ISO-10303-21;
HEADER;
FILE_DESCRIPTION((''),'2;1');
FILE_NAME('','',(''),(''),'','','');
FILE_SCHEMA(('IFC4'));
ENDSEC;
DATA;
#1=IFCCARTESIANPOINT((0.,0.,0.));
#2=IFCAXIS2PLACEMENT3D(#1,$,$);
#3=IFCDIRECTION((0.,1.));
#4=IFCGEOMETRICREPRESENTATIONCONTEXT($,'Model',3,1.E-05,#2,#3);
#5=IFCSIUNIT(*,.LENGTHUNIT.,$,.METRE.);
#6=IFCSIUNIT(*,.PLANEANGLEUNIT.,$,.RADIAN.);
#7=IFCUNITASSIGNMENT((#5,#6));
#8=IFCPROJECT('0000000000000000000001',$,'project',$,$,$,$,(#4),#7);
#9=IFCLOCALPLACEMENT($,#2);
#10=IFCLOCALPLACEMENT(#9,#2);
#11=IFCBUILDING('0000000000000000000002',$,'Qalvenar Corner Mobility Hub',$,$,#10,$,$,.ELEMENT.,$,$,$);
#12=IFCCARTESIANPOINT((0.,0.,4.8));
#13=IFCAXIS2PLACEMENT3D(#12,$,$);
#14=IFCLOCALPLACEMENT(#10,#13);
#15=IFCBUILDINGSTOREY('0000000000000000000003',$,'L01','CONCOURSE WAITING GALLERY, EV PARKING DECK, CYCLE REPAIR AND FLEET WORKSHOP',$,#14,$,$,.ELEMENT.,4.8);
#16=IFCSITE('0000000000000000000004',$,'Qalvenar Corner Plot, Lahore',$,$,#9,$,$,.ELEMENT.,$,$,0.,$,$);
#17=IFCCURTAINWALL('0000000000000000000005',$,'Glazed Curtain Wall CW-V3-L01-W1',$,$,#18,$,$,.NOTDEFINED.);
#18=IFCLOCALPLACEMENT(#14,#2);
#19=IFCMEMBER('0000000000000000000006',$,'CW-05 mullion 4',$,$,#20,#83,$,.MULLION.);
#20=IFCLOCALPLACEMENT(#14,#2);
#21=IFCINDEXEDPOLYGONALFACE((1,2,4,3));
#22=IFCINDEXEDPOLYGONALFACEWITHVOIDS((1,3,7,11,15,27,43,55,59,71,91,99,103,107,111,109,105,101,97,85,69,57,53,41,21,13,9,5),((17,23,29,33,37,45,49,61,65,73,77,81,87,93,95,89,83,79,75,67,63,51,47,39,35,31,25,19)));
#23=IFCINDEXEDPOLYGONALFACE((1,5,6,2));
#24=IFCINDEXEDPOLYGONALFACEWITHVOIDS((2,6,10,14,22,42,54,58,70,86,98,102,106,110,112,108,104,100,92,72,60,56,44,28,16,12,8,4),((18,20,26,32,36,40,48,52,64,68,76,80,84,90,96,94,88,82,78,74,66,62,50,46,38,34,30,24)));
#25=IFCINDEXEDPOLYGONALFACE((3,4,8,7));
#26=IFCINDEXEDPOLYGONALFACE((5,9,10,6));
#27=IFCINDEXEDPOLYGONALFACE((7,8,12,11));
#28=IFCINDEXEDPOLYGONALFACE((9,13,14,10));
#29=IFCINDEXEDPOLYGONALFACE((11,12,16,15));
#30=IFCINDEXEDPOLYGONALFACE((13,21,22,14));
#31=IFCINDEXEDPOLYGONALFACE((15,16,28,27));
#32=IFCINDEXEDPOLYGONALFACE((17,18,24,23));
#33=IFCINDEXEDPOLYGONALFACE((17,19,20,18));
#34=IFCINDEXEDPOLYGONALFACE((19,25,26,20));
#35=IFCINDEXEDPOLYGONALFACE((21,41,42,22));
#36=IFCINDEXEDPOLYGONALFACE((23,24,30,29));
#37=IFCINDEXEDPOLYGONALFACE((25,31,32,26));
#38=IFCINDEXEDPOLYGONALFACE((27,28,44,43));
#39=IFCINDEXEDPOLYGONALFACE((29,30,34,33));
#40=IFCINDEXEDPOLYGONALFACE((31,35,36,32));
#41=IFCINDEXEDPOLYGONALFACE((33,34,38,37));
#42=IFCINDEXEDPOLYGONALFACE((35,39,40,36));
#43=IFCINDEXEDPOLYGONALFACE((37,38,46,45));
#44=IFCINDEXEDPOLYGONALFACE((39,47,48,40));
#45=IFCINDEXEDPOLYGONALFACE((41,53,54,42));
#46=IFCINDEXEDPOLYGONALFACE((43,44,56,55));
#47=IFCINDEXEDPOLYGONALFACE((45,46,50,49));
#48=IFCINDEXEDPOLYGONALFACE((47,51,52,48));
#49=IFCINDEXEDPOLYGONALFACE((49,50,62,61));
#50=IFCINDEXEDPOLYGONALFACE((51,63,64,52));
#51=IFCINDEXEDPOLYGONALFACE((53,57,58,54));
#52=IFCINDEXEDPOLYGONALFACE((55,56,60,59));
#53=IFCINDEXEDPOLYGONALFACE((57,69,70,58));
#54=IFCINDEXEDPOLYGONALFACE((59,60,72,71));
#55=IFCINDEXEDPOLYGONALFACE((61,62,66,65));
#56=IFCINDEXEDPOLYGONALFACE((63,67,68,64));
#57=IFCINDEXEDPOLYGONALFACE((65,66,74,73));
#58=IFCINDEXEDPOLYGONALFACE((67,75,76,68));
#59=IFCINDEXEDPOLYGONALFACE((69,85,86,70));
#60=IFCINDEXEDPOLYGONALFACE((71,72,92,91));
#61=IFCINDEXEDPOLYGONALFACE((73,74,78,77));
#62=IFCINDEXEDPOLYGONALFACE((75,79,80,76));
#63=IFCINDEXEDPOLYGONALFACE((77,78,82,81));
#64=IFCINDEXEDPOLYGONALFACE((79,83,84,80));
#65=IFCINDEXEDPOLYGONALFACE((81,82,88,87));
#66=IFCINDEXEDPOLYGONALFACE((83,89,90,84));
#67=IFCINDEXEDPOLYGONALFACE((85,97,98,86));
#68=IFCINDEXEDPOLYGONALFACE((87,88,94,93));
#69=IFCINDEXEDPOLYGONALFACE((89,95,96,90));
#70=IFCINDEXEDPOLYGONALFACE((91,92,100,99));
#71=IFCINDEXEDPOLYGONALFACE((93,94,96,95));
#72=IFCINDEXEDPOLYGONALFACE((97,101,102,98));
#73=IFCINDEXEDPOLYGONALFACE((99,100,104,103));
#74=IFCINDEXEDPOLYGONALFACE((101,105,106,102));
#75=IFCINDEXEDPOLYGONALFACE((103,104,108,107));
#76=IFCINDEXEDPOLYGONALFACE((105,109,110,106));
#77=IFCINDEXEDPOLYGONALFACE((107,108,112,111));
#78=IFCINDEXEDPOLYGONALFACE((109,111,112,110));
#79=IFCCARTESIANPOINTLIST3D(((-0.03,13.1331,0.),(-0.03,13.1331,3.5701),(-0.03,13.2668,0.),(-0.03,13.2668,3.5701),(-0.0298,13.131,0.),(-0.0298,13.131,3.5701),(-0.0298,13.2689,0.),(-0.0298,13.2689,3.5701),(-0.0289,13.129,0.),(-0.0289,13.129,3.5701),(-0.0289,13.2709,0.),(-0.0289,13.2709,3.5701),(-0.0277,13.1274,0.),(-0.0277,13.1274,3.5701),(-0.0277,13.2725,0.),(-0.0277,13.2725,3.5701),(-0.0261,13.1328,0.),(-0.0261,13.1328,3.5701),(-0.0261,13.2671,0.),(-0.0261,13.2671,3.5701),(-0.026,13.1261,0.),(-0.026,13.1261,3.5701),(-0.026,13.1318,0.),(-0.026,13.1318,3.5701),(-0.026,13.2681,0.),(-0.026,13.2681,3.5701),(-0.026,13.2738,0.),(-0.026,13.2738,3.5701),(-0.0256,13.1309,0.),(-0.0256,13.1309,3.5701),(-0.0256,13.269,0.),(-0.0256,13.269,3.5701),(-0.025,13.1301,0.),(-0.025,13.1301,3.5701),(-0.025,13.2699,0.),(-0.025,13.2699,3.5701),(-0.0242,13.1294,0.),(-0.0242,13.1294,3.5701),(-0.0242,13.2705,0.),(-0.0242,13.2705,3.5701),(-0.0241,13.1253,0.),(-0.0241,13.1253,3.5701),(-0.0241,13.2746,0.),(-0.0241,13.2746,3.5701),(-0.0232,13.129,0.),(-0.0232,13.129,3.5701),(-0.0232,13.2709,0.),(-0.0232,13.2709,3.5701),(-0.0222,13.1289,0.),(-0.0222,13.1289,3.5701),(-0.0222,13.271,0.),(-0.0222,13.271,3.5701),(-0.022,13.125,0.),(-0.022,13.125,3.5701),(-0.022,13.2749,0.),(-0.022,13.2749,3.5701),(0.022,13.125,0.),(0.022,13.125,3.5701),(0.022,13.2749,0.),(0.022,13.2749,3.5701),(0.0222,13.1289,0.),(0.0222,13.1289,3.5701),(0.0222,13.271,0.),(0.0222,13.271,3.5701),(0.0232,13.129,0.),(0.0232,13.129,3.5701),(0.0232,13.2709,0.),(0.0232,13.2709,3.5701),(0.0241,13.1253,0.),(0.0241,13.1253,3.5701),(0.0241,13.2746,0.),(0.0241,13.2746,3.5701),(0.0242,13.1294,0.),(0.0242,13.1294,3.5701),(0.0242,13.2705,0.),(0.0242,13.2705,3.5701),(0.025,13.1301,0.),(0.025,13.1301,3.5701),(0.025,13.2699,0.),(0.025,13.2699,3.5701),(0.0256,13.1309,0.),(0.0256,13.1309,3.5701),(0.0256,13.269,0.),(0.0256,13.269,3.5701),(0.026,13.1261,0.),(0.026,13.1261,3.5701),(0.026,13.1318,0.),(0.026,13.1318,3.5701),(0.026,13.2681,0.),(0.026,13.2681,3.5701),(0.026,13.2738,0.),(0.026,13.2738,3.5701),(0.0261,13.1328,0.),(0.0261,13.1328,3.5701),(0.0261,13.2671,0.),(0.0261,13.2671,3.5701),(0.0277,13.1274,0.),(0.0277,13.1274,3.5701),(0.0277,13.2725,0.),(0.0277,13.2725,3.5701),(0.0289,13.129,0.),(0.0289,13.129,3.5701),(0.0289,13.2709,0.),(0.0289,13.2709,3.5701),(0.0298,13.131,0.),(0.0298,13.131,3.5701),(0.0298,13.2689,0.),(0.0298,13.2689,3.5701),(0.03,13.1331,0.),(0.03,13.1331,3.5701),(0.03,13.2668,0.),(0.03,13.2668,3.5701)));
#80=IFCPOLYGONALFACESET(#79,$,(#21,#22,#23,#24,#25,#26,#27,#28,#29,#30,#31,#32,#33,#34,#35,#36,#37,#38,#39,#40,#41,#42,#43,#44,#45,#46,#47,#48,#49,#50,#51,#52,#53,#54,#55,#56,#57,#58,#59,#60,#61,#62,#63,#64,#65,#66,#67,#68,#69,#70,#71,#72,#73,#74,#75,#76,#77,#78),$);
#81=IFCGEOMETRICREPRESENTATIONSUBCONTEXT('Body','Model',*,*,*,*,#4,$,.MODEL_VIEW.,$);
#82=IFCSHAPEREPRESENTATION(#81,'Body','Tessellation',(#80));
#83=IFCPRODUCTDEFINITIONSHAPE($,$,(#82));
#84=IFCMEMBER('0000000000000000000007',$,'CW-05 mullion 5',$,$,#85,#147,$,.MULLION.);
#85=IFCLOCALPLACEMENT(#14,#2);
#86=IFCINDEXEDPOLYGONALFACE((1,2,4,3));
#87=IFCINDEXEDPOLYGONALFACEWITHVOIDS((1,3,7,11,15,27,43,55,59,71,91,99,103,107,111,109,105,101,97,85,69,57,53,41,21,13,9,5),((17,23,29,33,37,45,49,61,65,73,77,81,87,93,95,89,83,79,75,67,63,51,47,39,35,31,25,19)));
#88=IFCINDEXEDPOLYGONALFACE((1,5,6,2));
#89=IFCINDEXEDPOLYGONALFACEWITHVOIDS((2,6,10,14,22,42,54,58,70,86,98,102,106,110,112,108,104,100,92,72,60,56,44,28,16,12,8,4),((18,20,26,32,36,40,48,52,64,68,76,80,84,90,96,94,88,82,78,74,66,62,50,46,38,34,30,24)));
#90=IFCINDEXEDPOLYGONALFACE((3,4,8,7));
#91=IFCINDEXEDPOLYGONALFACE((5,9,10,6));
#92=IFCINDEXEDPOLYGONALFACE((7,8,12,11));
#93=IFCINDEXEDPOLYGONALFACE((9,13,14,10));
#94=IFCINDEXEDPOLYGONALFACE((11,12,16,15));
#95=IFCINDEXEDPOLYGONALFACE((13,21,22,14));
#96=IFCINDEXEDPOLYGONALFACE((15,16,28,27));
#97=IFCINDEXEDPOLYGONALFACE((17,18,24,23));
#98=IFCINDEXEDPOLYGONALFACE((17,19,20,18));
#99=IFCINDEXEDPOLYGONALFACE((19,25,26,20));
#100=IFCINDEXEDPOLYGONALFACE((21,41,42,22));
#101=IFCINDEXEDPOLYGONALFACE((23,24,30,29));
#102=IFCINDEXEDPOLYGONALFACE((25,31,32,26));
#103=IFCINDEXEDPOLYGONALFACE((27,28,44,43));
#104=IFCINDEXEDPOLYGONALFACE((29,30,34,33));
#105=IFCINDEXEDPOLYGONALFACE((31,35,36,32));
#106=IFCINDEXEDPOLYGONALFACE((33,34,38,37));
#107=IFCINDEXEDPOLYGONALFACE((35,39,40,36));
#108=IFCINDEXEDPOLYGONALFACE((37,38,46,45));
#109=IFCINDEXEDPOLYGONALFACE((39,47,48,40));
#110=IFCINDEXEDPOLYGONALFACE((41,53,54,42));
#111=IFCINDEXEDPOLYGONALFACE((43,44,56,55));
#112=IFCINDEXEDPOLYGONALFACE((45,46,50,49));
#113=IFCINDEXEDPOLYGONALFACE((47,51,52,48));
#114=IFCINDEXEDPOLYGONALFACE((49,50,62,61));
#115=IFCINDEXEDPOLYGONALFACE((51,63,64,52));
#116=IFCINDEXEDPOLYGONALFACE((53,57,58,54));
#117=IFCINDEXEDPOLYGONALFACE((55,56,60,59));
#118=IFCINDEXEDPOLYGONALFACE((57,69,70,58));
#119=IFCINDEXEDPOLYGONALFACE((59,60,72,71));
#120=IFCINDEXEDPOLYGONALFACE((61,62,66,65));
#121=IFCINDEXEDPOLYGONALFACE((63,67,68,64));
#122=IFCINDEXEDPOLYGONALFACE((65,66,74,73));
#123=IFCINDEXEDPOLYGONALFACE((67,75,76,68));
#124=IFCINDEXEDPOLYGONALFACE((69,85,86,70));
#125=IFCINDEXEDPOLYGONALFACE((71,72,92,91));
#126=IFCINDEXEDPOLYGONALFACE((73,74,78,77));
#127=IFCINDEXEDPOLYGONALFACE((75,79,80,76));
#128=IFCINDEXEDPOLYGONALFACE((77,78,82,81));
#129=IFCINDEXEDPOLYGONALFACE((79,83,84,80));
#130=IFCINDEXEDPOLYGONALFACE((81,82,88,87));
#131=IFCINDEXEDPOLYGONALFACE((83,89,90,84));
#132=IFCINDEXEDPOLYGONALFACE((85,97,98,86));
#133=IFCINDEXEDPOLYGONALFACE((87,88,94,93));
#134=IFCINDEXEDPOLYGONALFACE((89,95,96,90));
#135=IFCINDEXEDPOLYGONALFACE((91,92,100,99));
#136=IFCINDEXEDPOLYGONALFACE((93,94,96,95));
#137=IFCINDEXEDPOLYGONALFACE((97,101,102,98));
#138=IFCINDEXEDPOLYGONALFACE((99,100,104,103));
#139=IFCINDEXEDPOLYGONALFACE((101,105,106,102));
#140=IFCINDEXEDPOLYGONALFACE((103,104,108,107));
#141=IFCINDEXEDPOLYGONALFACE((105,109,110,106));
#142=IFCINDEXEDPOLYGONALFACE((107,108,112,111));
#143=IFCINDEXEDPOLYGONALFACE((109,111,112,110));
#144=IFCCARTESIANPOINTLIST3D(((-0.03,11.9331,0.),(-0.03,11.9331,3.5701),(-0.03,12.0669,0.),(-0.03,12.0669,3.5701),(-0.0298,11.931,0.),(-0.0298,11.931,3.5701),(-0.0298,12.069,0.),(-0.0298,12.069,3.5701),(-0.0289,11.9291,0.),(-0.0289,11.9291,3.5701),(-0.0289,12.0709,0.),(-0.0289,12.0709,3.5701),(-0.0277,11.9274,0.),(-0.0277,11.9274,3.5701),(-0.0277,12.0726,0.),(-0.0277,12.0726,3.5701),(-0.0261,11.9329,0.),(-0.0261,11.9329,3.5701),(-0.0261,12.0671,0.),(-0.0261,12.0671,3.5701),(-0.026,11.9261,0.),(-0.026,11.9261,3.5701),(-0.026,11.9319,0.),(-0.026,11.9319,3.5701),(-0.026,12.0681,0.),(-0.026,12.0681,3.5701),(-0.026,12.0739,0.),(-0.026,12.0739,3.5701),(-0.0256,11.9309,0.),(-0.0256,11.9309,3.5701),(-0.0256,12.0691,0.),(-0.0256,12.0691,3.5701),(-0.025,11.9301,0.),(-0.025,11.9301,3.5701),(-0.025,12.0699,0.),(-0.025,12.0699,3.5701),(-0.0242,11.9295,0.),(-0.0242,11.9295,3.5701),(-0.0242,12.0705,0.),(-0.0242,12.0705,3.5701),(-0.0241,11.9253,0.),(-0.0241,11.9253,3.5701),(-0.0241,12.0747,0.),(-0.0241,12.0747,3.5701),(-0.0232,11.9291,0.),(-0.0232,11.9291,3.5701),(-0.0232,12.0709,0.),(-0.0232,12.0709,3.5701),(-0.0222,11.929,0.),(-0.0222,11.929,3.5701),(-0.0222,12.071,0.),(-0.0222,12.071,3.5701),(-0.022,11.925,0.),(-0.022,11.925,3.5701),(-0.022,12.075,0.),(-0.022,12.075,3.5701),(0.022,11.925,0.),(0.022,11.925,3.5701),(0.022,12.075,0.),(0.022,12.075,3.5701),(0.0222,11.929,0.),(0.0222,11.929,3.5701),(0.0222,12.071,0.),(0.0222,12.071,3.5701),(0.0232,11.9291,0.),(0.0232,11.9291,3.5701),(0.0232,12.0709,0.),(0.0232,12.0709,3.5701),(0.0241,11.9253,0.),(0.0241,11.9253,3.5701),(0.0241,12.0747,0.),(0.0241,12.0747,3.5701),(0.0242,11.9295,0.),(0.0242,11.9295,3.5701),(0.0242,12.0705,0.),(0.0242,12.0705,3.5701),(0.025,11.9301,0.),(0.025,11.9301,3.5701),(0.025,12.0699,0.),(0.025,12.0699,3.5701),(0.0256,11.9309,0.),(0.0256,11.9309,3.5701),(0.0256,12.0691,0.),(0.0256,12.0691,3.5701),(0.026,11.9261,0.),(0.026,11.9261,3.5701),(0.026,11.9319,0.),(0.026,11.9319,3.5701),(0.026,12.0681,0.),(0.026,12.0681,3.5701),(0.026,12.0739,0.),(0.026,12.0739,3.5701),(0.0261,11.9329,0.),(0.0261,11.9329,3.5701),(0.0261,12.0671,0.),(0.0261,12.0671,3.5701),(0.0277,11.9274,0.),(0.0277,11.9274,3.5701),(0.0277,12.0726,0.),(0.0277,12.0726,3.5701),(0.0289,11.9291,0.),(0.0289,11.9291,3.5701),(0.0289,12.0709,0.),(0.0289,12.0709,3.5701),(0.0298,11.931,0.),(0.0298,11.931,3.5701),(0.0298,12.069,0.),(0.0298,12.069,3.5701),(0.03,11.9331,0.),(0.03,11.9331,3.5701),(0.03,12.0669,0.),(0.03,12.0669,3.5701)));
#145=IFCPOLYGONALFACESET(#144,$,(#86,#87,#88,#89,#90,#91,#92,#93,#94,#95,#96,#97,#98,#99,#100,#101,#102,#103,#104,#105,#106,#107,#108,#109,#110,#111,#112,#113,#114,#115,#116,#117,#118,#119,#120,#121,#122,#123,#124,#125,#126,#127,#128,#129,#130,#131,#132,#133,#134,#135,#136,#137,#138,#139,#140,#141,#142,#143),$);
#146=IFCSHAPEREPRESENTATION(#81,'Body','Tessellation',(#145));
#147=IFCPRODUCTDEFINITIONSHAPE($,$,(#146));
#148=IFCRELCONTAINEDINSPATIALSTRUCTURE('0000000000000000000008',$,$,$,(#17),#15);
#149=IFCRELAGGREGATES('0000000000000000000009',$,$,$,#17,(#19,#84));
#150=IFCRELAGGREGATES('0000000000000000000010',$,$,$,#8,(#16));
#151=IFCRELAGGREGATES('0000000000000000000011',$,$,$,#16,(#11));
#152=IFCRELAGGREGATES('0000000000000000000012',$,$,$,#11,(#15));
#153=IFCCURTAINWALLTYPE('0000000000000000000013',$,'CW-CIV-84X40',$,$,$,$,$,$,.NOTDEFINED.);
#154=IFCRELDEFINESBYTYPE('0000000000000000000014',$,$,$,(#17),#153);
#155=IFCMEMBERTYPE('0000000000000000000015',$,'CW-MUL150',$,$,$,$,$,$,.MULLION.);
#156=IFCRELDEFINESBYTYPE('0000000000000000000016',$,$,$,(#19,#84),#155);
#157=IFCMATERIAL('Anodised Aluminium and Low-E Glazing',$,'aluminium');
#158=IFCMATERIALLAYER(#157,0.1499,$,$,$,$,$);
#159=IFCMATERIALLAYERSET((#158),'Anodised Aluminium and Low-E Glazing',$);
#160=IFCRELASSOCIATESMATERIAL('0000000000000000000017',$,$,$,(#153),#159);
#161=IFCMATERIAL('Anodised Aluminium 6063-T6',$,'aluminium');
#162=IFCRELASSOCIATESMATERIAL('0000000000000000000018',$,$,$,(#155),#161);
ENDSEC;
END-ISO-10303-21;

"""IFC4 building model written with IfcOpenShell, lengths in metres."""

from ifc_helpers import new_model, si_unit, direction, frame, origin, origin_2d, place, context, subcontext, project, spatial, hollow_rectangle, extrude, material, layer, layer_set, material_profile, profile_set, type_object, element, aggregate, save


model = new_model("IFC4")

# Units and contexts
model_context = context("Model", 3, precision=1e-05, world=origin(), true_north=direction((0.0, 1.0)))
body_context = subcontext(model_context, "Body", "Model", "MODEL_VIEW")
ifc_project = project(units=[si_unit("LENGTHUNIT", "METRE"), si_unit("PLANEANGLEUNIT", "RADIAN")], contexts=[model_context])

# Site, building, storey
site_placement = place(None, origin())
site = spatial("IfcSite", under=ifc_project, at=site_placement, Name="Qalvenar Corner Plot, Lahore", CompositionType="ELEMENT", RefElevation=0.0)
building_placement = place(site_placement, origin())
building = spatial("IfcBuilding", under=site, at=building_placement, Name="Qalvenar Corner Mobility Hub", CompositionType="ELEMENT")
storey_placement = place(building_placement, frame((0.0, 0.0, 4.8)))
storey = spatial("IfcBuildingStorey", under=building, at=storey_placement, Name="L01", Description="CONCOURSE WAITING GALLERY, EV PARKING DECK, CYCLE REPAIR AND FLEET WORKSHOP", CompositionType="ELEMENT", Elevation=4.8)

# Curtain wall, members
ifc_material_1 = material(Name="Anodised Aluminium and Low-E Glazing", Category="aluminium")
ifc_layer_1 = layer(ifc_material_1, 0.1499)
ifc_layer_set_1 = layer_set([ifc_layer_1], Name="Anodised Aluminium and Low-E Glazing")
curtain_wall_type = type_object("IfcCurtainWallType", Name="CW-CIV-84X40", PredefinedType="NOTDEFINED", material=ifc_layer_set_1)
curtain_wall_placement = place(storey_placement, origin())
curtain_wall = element("IfcCurtainWall", 1, at=curtain_wall_placement, inside=storey, type_object=curtain_wall_type, Name="Glazed Curtain Wall CW-V3-L01-W1", PredefinedType="NOTDEFINED")
ifc_material_2 = material(Name="Anodised Aluminium 6063-T6", Category="aluminium")
ifc_material_profile_1 = material_profile(ifc_material_2, hollow_rectangle(XDim=0.0601, YDim=0.1499, WallThickness=0.0039, InnerFilletRadius=0.0039, OuterFilletRadius=0.0081, at=origin_2d()), Name="RHS150x60x4")
ifc_profile_set_1 = profile_set([ifc_material_profile_1], Name="Anodised Aluminium 6063-T6")
member_type_1 = type_object("IfcMemberType", Name="CW-MUL150", PredefinedType="MULLION", material=ifc_profile_set_1)
member_1_placement = place(storey_placement, frame((0.0, 13.2, 0.0), z_axis=(0.0, 0.0, 1.0), x_axis=(1.0, 0.0, 0.0)))
member_1 = element("IfcMember", 2, at=member_1_placement, type_object=member_type_1, Name="CW-05 mullion 4", PredefinedType="MULLION", context=body_context, shape_type="SweptSolid", body=[
    extrude(hollow_rectangle(XDim=0.0601, YDim=0.1499, WallThickness=0.0039, InnerFilletRadius=0.0039, OuterFilletRadius=0.0081, at=origin_2d()), origin(), (0.0, 0.0, 1.0), 3.5701),
])
member_2_placement = place(storey_placement, frame((0.0, 12.0, 0.0), z_axis=(0.0, 0.0, 1.0), x_axis=(1.0, 0.0, 0.0)))
member_2 = element("IfcMember", 3, at=member_2_placement, type_object=member_type_1, Name="CW-05 mullion 5", PredefinedType="MULLION", context=body_context, shape_type="SweptSolid", body=[
    extrude(hollow_rectangle(XDim=0.0601, YDim=0.1499, WallThickness=0.0039, InnerFilletRadius=0.0039, OuterFilletRadius=0.0081, at=origin_2d()), origin(), (0.0, 0.0, 1.0), 3.5701),
])
aggregate(curtain_wall, [member_1, member_2])

save(model, "model.ifc")
